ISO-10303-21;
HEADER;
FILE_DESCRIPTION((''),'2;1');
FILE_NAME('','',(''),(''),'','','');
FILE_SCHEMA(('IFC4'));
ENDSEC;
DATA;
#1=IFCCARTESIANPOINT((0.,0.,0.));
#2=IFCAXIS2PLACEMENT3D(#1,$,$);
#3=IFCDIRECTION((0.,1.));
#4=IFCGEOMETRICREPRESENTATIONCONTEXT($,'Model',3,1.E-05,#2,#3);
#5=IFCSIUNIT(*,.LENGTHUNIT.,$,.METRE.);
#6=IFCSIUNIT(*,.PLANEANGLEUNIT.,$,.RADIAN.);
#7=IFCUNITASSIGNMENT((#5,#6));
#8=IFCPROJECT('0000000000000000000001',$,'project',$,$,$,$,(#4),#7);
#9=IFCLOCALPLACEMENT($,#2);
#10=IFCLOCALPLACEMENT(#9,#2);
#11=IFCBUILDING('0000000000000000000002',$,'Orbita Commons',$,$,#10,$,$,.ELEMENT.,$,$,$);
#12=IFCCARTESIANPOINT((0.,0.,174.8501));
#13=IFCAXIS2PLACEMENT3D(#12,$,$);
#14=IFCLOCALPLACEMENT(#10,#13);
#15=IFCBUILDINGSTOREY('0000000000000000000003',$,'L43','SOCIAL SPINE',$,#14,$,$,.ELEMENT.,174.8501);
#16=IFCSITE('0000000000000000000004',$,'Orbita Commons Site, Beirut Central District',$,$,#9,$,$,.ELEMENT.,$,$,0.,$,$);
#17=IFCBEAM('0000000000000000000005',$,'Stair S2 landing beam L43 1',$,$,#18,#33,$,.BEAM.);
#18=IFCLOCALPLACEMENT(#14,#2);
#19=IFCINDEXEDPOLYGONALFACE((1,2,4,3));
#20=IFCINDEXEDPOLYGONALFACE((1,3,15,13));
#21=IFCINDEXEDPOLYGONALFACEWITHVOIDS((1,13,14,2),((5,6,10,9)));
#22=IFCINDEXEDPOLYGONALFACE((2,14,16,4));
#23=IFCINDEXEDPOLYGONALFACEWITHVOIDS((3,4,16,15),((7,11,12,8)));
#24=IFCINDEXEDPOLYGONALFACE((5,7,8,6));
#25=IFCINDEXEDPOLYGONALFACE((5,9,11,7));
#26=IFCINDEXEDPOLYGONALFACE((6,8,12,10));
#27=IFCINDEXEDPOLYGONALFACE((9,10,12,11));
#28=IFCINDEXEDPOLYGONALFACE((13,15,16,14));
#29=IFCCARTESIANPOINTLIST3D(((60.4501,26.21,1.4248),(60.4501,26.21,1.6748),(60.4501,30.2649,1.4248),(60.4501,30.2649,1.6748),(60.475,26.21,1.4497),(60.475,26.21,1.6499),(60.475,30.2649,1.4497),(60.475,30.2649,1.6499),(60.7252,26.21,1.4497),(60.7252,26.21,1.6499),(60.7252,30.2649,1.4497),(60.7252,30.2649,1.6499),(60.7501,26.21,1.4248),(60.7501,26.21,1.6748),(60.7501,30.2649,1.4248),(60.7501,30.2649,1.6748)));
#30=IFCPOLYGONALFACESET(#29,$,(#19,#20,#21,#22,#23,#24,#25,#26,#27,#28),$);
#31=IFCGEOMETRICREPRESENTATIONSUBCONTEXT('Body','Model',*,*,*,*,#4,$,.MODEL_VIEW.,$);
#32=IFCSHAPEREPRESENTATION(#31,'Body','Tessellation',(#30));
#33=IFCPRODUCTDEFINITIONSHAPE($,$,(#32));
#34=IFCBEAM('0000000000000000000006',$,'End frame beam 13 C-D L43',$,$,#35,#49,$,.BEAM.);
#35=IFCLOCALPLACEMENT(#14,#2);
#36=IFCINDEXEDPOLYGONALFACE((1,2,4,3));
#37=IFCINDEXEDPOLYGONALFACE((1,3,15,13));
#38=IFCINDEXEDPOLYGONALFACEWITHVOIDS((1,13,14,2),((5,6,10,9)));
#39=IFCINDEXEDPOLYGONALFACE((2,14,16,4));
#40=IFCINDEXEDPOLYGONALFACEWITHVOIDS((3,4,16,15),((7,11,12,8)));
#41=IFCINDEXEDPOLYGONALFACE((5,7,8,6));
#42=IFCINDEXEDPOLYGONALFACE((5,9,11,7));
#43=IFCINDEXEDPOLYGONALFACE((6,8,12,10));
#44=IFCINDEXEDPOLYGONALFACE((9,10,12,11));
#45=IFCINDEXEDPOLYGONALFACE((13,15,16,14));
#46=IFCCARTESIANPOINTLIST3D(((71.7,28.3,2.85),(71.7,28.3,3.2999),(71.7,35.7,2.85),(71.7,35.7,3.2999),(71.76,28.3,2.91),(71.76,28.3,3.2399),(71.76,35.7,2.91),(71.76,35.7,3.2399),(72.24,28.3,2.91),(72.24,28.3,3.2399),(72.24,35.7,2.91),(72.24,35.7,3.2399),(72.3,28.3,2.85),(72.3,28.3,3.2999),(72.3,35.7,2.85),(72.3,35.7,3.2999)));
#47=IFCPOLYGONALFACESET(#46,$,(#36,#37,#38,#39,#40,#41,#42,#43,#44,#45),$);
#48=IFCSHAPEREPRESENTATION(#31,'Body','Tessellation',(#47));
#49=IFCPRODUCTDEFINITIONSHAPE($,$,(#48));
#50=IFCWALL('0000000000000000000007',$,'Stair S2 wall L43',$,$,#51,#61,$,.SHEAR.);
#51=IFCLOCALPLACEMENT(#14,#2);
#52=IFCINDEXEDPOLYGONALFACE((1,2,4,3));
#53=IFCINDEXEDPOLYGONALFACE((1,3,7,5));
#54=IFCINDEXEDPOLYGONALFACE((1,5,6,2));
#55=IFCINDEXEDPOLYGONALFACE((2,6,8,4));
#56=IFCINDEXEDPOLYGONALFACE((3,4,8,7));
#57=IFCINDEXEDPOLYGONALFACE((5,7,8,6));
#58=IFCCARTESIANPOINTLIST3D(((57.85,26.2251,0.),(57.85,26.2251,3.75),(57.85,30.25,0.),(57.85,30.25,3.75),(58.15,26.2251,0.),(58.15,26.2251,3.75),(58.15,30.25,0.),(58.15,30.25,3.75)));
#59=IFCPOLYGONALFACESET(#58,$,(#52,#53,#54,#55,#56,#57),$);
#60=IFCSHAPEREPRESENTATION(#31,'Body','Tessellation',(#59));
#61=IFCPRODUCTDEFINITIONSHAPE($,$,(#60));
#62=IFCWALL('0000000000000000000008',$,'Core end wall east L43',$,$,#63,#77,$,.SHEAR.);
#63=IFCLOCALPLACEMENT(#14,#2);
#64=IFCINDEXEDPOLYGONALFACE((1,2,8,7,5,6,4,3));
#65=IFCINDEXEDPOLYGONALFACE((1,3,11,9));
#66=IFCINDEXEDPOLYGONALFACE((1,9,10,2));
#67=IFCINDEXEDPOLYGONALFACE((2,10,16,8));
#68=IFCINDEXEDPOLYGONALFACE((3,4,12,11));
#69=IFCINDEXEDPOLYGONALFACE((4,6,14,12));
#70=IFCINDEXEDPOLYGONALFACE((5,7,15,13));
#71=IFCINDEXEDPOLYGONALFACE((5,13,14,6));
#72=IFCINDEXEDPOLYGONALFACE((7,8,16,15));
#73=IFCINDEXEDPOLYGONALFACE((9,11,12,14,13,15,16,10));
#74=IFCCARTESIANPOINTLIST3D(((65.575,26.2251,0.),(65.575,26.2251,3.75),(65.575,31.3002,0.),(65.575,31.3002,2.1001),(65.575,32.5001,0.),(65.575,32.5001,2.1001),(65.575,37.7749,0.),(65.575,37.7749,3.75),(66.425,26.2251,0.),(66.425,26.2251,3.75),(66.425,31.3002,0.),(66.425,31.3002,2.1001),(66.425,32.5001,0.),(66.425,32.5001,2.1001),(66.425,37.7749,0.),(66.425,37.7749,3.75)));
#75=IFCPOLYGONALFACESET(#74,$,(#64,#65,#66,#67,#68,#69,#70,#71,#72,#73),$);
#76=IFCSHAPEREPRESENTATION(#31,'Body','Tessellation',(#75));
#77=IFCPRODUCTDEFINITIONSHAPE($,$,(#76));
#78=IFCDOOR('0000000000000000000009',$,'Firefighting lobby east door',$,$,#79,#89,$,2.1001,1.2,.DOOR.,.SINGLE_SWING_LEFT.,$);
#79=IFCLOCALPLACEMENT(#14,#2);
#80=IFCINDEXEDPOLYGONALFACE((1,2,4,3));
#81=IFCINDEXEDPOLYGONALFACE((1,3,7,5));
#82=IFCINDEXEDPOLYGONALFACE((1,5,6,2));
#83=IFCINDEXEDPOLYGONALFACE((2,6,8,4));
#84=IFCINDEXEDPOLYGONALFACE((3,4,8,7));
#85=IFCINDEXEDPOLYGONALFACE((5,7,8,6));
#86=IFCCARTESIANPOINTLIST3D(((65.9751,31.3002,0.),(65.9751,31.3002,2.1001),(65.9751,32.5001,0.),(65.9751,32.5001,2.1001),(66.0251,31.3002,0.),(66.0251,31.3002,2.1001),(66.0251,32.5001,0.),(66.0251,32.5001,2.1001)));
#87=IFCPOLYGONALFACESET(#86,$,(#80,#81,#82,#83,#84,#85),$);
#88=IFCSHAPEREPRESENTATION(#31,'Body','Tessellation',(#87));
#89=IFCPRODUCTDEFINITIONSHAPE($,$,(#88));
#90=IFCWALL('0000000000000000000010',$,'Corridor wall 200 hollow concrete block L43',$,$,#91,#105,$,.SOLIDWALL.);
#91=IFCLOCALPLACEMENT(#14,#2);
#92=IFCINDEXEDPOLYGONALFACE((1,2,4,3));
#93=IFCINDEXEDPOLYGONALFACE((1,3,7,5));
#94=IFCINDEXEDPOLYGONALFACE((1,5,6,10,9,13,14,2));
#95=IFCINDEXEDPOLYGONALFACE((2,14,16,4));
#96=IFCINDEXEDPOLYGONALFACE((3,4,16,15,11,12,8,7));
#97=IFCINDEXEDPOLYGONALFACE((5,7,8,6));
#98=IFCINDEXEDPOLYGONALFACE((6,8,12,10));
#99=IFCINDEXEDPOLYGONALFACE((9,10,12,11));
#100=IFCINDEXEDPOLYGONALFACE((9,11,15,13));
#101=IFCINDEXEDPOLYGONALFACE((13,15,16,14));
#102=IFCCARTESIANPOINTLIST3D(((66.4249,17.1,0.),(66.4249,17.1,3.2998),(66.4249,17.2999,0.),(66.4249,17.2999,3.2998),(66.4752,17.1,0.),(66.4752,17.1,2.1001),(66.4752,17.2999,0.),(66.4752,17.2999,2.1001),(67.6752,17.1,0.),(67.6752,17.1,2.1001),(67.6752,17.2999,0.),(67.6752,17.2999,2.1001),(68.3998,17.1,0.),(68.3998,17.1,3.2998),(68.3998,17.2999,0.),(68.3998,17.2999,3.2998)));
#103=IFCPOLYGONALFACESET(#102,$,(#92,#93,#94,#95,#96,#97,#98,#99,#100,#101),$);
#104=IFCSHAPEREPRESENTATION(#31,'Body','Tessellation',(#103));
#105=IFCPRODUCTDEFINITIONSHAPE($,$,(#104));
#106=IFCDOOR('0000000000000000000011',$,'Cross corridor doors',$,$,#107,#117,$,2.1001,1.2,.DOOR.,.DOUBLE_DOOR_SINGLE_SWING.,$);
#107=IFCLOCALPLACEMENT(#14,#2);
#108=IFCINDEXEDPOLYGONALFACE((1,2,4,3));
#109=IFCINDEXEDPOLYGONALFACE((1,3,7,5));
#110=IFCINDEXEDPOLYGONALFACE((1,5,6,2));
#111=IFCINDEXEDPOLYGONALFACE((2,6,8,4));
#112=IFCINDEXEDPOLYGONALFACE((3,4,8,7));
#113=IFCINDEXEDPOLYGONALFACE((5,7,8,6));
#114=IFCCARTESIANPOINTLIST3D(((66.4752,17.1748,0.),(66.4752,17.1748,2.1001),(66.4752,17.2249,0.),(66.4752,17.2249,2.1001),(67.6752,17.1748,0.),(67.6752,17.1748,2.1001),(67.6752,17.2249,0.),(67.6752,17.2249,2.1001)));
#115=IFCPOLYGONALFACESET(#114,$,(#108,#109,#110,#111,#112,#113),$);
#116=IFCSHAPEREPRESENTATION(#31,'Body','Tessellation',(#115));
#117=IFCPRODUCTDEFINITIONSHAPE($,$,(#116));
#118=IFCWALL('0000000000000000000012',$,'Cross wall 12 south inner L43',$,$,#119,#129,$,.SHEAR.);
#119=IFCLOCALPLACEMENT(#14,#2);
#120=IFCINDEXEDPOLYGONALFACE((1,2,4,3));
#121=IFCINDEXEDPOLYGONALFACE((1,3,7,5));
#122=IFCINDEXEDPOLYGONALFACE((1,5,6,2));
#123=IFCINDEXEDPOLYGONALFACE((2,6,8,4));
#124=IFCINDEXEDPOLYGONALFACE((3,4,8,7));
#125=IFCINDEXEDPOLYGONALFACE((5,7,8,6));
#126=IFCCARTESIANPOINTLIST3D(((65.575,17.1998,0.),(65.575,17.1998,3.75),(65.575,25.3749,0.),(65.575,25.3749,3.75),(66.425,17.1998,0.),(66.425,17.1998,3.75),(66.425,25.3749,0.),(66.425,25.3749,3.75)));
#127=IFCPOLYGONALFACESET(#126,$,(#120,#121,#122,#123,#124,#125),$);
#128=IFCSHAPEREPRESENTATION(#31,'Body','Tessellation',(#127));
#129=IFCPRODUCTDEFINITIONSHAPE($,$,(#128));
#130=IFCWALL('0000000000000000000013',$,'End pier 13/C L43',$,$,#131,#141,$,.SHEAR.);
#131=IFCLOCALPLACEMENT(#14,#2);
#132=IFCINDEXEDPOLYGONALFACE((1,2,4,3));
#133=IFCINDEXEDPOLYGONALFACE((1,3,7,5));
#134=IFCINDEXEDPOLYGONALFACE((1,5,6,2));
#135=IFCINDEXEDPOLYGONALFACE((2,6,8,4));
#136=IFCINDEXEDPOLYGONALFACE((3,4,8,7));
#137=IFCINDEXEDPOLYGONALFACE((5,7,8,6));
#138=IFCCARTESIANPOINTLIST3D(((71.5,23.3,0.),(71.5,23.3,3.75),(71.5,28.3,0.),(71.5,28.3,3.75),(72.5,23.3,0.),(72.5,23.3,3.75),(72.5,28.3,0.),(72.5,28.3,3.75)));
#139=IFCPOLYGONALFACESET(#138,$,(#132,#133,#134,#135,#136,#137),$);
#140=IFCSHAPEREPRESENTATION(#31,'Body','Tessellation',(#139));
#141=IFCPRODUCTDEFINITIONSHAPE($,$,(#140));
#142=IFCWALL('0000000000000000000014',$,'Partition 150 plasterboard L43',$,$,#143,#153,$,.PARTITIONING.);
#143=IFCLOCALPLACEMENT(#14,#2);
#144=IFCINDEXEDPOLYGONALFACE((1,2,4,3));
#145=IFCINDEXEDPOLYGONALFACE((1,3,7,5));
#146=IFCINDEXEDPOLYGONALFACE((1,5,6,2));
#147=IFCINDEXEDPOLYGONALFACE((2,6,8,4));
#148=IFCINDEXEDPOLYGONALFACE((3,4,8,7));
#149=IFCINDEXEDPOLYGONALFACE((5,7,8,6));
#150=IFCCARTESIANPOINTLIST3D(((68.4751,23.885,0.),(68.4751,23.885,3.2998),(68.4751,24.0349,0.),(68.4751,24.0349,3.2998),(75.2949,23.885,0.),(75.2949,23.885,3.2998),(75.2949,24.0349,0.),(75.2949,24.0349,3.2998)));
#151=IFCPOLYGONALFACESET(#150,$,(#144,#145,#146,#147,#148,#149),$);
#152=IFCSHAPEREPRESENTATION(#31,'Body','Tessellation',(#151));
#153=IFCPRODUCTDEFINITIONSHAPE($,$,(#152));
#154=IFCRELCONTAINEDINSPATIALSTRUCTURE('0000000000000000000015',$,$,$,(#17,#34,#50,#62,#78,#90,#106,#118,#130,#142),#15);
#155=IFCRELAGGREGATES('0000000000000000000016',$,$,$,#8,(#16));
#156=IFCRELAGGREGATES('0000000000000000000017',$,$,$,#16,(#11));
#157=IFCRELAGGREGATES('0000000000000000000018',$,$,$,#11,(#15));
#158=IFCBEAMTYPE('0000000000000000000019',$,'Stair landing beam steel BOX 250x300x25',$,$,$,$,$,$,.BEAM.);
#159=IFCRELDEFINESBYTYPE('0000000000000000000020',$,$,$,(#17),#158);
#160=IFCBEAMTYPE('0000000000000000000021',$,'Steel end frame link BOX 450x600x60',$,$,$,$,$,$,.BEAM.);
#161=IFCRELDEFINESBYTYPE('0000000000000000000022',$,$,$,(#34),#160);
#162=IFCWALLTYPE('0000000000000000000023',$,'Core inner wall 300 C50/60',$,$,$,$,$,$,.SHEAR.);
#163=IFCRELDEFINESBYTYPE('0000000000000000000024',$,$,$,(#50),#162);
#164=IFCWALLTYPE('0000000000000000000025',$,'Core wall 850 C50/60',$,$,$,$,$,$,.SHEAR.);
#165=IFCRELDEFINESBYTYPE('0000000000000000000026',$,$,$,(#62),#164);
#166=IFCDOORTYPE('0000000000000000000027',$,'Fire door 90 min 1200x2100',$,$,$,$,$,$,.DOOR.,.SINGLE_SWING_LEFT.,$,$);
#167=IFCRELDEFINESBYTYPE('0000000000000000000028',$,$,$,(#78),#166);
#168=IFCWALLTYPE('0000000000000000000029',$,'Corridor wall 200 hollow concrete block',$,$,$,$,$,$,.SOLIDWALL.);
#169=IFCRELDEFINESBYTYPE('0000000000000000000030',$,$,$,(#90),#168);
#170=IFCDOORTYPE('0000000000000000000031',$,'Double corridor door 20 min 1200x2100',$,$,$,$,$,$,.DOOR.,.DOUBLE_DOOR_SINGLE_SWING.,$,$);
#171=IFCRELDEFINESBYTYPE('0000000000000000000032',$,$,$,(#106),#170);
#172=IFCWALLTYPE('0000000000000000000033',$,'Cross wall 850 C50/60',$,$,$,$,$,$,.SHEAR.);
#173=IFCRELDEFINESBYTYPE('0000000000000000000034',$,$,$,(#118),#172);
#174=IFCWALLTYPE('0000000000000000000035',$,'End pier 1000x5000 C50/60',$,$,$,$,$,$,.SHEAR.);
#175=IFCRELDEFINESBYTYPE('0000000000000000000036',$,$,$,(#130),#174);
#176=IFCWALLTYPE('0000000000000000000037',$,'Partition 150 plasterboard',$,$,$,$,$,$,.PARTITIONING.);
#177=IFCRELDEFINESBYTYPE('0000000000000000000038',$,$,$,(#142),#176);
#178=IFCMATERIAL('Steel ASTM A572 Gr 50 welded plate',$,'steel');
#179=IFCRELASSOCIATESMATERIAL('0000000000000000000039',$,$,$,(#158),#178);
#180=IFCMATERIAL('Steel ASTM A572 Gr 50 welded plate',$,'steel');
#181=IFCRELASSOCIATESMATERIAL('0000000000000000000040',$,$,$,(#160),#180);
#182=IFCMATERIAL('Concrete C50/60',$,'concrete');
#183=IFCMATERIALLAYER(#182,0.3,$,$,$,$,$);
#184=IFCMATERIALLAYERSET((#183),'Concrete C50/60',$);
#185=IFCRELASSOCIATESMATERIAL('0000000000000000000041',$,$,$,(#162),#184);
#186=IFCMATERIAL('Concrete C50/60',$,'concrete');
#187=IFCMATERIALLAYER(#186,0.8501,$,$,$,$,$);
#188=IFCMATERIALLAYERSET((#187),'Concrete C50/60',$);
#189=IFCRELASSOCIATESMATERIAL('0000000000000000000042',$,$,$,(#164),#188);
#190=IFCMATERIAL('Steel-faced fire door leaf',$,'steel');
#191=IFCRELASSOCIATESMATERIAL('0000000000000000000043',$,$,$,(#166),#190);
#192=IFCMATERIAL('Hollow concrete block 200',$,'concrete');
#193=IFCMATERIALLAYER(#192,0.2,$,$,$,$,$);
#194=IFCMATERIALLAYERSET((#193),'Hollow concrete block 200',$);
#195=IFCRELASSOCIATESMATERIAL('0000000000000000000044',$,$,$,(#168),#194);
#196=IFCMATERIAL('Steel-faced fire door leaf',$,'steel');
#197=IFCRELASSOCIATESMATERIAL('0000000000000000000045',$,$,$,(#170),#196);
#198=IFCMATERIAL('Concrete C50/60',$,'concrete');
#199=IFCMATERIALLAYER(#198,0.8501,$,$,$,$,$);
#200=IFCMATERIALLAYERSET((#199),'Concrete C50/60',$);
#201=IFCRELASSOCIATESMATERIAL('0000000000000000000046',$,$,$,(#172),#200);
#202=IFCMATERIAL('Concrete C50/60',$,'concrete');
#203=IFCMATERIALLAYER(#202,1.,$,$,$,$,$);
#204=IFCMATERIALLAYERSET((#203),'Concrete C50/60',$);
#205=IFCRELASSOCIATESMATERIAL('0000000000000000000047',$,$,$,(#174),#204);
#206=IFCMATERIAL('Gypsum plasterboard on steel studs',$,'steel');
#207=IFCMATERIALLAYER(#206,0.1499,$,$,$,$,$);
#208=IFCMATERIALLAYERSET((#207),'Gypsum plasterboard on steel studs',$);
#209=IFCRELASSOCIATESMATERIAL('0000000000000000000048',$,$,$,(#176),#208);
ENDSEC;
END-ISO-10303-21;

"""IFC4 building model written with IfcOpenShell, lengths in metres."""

from ifc_helpers import new_model, si_unit, direction, frame, frame_2d, origin, origin_2d, place, context, subcontext, project, spatial, rectangle, hollow_rectangle, extrude, material, layer, layer_set, material_profile, profile_set, type_object, element, fill, save


model = new_model("IFC4")

# Units and contexts
model_context = context("Model", 3, precision=1e-05, world=origin(), true_north=direction((0.0, 1.0)))
body_context = subcontext(model_context, "Body", "Model", "MODEL_VIEW")
ifc_project = project(units=[si_unit("LENGTHUNIT", "METRE"), si_unit("PLANEANGLEUNIT", "RADIAN")], contexts=[model_context])

# Site, building, storey
site_placement = place(None, origin())
site = spatial("IfcSite", under=ifc_project, at=site_placement, Name="Orbita Commons Site, Beirut Central District", CompositionType="ELEMENT", RefElevation=0.0)
building_placement = place(site_placement, origin())
building = spatial("IfcBuilding", under=site, at=building_placement, Name="Orbita Commons", CompositionType="ELEMENT")
storey_placement = place(building_placement, frame((0.0, 0.0, 174.8501)))
storey = spatial("IfcBuildingStorey", under=building, at=storey_placement, Name="L43", Description="SOCIAL SPINE", CompositionType="ELEMENT", Elevation=174.8501)

# Beams
ifc_material_1 = material(Name="Steel ASTM A572 Gr 50 welded plate", Category="steel")
ifc_material_profile_1 = material_profile(ifc_material_1, hollow_rectangle(XDim=0.3, YDim=0.25, WallThickness=0.0249, at=origin_2d()), Name="BOX 250x300x25")
ifc_profile_set_1 = profile_set([ifc_material_profile_1], Name="Steel ASTM A572 Gr 50 welded plate")
beam_type_1 = type_object("IfcBeamType", Name="Stair landing beam steel BOX 250x300x25", PredefinedType="BEAM", material=ifc_profile_set_1)
beam_1_placement = place(storey_placement, frame((60.6001, 26.21, 1.5498), z_axis=(0.0, 1.0, 0.0), x_axis=(-1.0, 0.0, 0.0)))
element("IfcBeam", 1, at=beam_1_placement, inside=storey, type_object=beam_type_1, Name="Stair S2 landing beam L43 1", PredefinedType="BEAM", context=body_context, shape_type="SweptSolid", body=[
    extrude(hollow_rectangle(XDim=0.3, YDim=0.25, WallThickness=0.0249, at=origin_2d()), origin(), (0.0, 0.0, 1.0), 4.0549),
])
ifc_material_2 = material(Name="Steel ASTM A572 Gr 50 welded plate", Category="steel")
ifc_material_profile_2 = material_profile(ifc_material_2, hollow_rectangle(XDim=0.6001, YDim=0.45, WallThickness=0.0601, at=origin_2d()), Name="BOX 450x600x60")
ifc_profile_set_2 = profile_set([ifc_material_profile_2], Name="Steel ASTM A572 Gr 50 welded plate")
beam_type_2 = type_object("IfcBeamType", Name="Steel end frame link BOX 450x600x60", PredefinedType="BEAM", material=ifc_profile_set_2)
beam_2_placement = place(storey_placement, frame((72.0, 28.3, 3.075), z_axis=(0.0, 1.0, 0.0), x_axis=(-1.0, 0.0, 0.0)))
element("IfcBeam", 2, at=beam_2_placement, inside=storey, type_object=beam_type_2, Name="End frame beam 13 C-D L43", PredefinedType="BEAM", context=body_context, shape_type="SweptSolid", body=[
    extrude(hollow_rectangle(XDim=0.6001, YDim=0.45, WallThickness=0.0601, at=origin_2d()), origin(), (0.0, 0.0, 1.0), 7.3999),
])

# Wall
ifc_material_3 = material(Name="Concrete C50/60", Category="concrete")
ifc_layer_1 = layer(ifc_material_3, 0.3)
ifc_layer_set_1 = layer_set([ifc_layer_1], Name="Concrete C50/60")
wall_type_1 = type_object("IfcWallType", Name="Core inner wall 300 C50/60", PredefinedType="SHEAR", material=ifc_layer_set_1)
wall_1_placement = place(storey_placement, frame((58.0, 26.2251, 0.0), z_axis=(0.0, 0.0, 1.0), x_axis=(0.0, 1.0, 0.0)))
element("IfcWall", 3, at=wall_1_placement, inside=storey, type_object=wall_type_1, Name="Stair S2 wall L43", PredefinedType="SHEAR", context=body_context, shape_type="SweptSolid", body=[
    extrude(rectangle(XDim=4.0249, YDim=0.3, at=frame_2d((2.0125, 0.0))), origin(), (0.0, 0.0, 1.0), 3.75),
])

# Walls, openings, doors
ifc_material_4 = material(Name="Concrete C50/60", Category="concrete")
ifc_layer_2 = layer(ifc_material_4, 0.8501)
ifc_layer_set_2 = layer_set([ifc_layer_2], Name="Concrete C50/60")
wall_type_2 = type_object("IfcWallType", Name="Core wall 850 C50/60", PredefinedType="SHEAR", material=ifc_layer_set_2)
wall_2_placement = place(storey_placement, frame((66.0, 26.2251, 0.0), z_axis=(0.0, 0.0, 1.0), x_axis=(0.0, 1.0, 0.0)))
wall_2 = element("IfcWall", 4, at=wall_2_placement, inside=storey, type_object=wall_type_2, Name="Core end wall east L43", PredefinedType="SHEAR", context=body_context, shape_type="SweptSolid", body=[
    extrude(rectangle(XDim=11.5498, YDim=0.8501, at=frame_2d((5.7749, 0.0))), origin(), (0.0, 0.0, 1.0), 3.75),
])
opening_1_placement = place(wall_2_placement, frame((5.075, 0.0, 0.0)))
opening_1 = element("IfcOpeningElement", 5, at=opening_1_placement, cuts=wall_2, PredefinedType="OPENING", context=body_context, shape_type="SweptSolid", body=[
    extrude(rectangle(XDim=1.2, YDim=2.1001, at=frame_2d((0.6001, 1.05))), frame((0.0, 0.4351, 0.0), z_axis=(0.0, -1.0, 0.0), x_axis=(1.0, 0.0, 0.0)), (0.0, 0.0, 1.0), 0.8701),
])
ifc_material_5 = material(Name="Steel-faced fire door leaf", Category="steel")
door_type_1 = type_object("IfcDoorType", Name="Fire door 90 min 1200x2100", OperationType="SINGLE_SWING_LEFT", PredefinedType="DOOR", material=ifc_material_5)
door_1_placement = place(opening_1_placement, origin())
door_1 = element("IfcDoor", 6, at=door_1_placement, inside=storey, type_object=door_type_1, Name="Firefighting lobby east door", OperationType="SINGLE_SWING_LEFT", OverallHeight=2.1001, OverallWidth=1.2, PredefinedType="DOOR", context=body_context, shape_type="SweptSolid", body=[
    extrude(rectangle(XDim=1.2, YDim=2.1001, at=frame_2d((0.6001, 1.05))), frame((0.0, 0.0249, 0.0), z_axis=(0.0, -1.0, 0.0), x_axis=(1.0, 0.0, 0.0)), (0.0, 0.0, 1.0), 0.05),
])
fill(opening_1, door_1)
ifc_material_6 = material(Name="Hollow concrete block 200", Category="concrete")
ifc_layer_3 = layer(ifc_material_6, 0.2)
ifc_layer_set_3 = layer_set([ifc_layer_3], Name="Hollow concrete block 200")
wall_type_3 = type_object("IfcWallType", Name="Corridor wall 200 hollow concrete block", PredefinedType="SOLIDWALL", material=ifc_layer_set_3)
wall_3_placement = place(storey_placement, frame((66.425, 17.2, 0.0), z_axis=(0.0, 0.0, 1.0), x_axis=(1.0, 0.0, 0.0)))
wall_3 = element("IfcWall", 7, at=wall_3_placement, inside=storey, type_object=wall_type_3, Name="Corridor wall 200 hollow concrete block L43", PredefinedType="SOLIDWALL", context=body_context, shape_type="SweptSolid", body=[
    extrude(rectangle(XDim=1.9749, YDim=0.2, at=frame_2d((0.9873, 0.0))), origin(), (0.0, 0.0, 1.0), 3.2998),
])
opening_2_placement = place(wall_3_placement, frame((0.05, 0.0, 0.0)))
opening_2 = element("IfcOpeningElement", 8, at=opening_2_placement, cuts=wall_3, PredefinedType="OPENING", context=body_context, shape_type="SweptSolid", body=[
    extrude(rectangle(XDim=1.2, YDim=2.1001, at=frame_2d((0.6001, 1.05))), frame((0.0, 0.1099, 0.0), z_axis=(0.0, -1.0, 0.0), x_axis=(1.0, 0.0, 0.0)), (0.0, 0.0, 1.0), 0.22),
])
ifc_material_7 = material(Name="Steel-faced fire door leaf", Category="steel")
door_type_2 = type_object("IfcDoorType", Name="Double corridor door 20 min 1200x2100", OperationType="DOUBLE_DOOR_SINGLE_SWING", PredefinedType="DOOR", material=ifc_material_7)
door_2_placement = place(opening_2_placement, origin())
door_2 = element("IfcDoor", 9, at=door_2_placement, inside=storey, type_object=door_type_2, Name="Cross corridor doors", OperationType="DOUBLE_DOOR_SINGLE_SWING", OverallHeight=2.1001, OverallWidth=1.2, PredefinedType="DOOR", context=body_context, shape_type="SweptSolid", body=[
    extrude(rectangle(XDim=1.2, YDim=2.1001, at=frame_2d((0.6001, 1.05))), frame((0.0, 0.0249, 0.0), z_axis=(0.0, -1.0, 0.0), x_axis=(1.0, 0.0, 0.0)), (0.0, 0.0, 1.0), 0.05),
])
fill(opening_2, door_2)

# Walls
ifc_material_8 = material(Name="Concrete C50/60", Category="concrete")
ifc_layer_4 = layer(ifc_material_8, 0.8501)
ifc_layer_set_4 = layer_set([ifc_layer_4], Name="Concrete C50/60")
wall_type_4 = type_object("IfcWallType", Name="Cross wall 850 C50/60", PredefinedType="SHEAR", material=ifc_layer_set_4)
wall_4_placement = place(storey_placement, frame((66.0, 17.2, 0.0), z_axis=(0.0, 0.0, 1.0), x_axis=(0.0, 1.0, 0.0)))
element("IfcWall", 10, at=wall_4_placement, inside=storey, type_object=wall_type_4, Name="Cross wall 12 south inner L43", PredefinedType="SHEAR", context=body_context, shape_type="SweptSolid", body=[
    extrude(rectangle(XDim=8.175, YDim=0.8501, at=frame_2d((4.0874, 0.0))), origin(), (0.0, 0.0, 1.0), 3.75),
])
ifc_material_9 = material(Name="Concrete C50/60", Category="concrete")
ifc_layer_5 = layer(ifc_material_9, 1.0)
ifc_layer_set_5 = layer_set([ifc_layer_5], Name="Concrete C50/60")
wall_type_5 = type_object("IfcWallType", Name="End pier 1000x5000 C50/60", PredefinedType="SHEAR", material=ifc_layer_set_5)
wall_5_placement = place(storey_placement, frame((72.0, 23.3, 0.0), z_axis=(0.0, 0.0, 1.0), x_axis=(0.0, 1.0, 0.0)))
element("IfcWall", 11, at=wall_5_placement, inside=storey, type_object=wall_type_5, Name="End pier 13/C L43", PredefinedType="SHEAR", context=body_context, shape_type="SweptSolid", body=[
    extrude(rectangle(XDim=5.0, YDim=1.0, at=frame_2d((2.5, 0.0))), origin(), (0.0, 0.0, 1.0), 3.75),
])
ifc_material_10 = material(Name="Gypsum plasterboard on steel studs", Category="steel")
ifc_layer_6 = layer(ifc_material_10, 0.1499)
ifc_layer_set_6 = layer_set([ifc_layer_6], Name="Gypsum plasterboard on steel studs")
wall_type_6 = type_object("IfcWallType", Name="Partition 150 plasterboard", PredefinedType="PARTITIONING", material=ifc_layer_set_6)
wall_6_placement = place(storey_placement, frame((68.4751, 23.96, 0.0), z_axis=(0.0, 0.0, 1.0), x_axis=(1.0, 0.0, 0.0)))
element("IfcWall", 12, at=wall_6_placement, inside=storey, type_object=wall_type_6, Name="Partition 150 plasterboard L43", PredefinedType="PARTITIONING", context=body_context, shape_type="SweptSolid", body=[
    extrude(rectangle(XDim=6.8198, YDim=0.1499, at=frame_2d((3.4099, 0.0))), origin(), (0.0, 0.0, 1.0), 3.2998),
])

save(model, "model.ifc")
